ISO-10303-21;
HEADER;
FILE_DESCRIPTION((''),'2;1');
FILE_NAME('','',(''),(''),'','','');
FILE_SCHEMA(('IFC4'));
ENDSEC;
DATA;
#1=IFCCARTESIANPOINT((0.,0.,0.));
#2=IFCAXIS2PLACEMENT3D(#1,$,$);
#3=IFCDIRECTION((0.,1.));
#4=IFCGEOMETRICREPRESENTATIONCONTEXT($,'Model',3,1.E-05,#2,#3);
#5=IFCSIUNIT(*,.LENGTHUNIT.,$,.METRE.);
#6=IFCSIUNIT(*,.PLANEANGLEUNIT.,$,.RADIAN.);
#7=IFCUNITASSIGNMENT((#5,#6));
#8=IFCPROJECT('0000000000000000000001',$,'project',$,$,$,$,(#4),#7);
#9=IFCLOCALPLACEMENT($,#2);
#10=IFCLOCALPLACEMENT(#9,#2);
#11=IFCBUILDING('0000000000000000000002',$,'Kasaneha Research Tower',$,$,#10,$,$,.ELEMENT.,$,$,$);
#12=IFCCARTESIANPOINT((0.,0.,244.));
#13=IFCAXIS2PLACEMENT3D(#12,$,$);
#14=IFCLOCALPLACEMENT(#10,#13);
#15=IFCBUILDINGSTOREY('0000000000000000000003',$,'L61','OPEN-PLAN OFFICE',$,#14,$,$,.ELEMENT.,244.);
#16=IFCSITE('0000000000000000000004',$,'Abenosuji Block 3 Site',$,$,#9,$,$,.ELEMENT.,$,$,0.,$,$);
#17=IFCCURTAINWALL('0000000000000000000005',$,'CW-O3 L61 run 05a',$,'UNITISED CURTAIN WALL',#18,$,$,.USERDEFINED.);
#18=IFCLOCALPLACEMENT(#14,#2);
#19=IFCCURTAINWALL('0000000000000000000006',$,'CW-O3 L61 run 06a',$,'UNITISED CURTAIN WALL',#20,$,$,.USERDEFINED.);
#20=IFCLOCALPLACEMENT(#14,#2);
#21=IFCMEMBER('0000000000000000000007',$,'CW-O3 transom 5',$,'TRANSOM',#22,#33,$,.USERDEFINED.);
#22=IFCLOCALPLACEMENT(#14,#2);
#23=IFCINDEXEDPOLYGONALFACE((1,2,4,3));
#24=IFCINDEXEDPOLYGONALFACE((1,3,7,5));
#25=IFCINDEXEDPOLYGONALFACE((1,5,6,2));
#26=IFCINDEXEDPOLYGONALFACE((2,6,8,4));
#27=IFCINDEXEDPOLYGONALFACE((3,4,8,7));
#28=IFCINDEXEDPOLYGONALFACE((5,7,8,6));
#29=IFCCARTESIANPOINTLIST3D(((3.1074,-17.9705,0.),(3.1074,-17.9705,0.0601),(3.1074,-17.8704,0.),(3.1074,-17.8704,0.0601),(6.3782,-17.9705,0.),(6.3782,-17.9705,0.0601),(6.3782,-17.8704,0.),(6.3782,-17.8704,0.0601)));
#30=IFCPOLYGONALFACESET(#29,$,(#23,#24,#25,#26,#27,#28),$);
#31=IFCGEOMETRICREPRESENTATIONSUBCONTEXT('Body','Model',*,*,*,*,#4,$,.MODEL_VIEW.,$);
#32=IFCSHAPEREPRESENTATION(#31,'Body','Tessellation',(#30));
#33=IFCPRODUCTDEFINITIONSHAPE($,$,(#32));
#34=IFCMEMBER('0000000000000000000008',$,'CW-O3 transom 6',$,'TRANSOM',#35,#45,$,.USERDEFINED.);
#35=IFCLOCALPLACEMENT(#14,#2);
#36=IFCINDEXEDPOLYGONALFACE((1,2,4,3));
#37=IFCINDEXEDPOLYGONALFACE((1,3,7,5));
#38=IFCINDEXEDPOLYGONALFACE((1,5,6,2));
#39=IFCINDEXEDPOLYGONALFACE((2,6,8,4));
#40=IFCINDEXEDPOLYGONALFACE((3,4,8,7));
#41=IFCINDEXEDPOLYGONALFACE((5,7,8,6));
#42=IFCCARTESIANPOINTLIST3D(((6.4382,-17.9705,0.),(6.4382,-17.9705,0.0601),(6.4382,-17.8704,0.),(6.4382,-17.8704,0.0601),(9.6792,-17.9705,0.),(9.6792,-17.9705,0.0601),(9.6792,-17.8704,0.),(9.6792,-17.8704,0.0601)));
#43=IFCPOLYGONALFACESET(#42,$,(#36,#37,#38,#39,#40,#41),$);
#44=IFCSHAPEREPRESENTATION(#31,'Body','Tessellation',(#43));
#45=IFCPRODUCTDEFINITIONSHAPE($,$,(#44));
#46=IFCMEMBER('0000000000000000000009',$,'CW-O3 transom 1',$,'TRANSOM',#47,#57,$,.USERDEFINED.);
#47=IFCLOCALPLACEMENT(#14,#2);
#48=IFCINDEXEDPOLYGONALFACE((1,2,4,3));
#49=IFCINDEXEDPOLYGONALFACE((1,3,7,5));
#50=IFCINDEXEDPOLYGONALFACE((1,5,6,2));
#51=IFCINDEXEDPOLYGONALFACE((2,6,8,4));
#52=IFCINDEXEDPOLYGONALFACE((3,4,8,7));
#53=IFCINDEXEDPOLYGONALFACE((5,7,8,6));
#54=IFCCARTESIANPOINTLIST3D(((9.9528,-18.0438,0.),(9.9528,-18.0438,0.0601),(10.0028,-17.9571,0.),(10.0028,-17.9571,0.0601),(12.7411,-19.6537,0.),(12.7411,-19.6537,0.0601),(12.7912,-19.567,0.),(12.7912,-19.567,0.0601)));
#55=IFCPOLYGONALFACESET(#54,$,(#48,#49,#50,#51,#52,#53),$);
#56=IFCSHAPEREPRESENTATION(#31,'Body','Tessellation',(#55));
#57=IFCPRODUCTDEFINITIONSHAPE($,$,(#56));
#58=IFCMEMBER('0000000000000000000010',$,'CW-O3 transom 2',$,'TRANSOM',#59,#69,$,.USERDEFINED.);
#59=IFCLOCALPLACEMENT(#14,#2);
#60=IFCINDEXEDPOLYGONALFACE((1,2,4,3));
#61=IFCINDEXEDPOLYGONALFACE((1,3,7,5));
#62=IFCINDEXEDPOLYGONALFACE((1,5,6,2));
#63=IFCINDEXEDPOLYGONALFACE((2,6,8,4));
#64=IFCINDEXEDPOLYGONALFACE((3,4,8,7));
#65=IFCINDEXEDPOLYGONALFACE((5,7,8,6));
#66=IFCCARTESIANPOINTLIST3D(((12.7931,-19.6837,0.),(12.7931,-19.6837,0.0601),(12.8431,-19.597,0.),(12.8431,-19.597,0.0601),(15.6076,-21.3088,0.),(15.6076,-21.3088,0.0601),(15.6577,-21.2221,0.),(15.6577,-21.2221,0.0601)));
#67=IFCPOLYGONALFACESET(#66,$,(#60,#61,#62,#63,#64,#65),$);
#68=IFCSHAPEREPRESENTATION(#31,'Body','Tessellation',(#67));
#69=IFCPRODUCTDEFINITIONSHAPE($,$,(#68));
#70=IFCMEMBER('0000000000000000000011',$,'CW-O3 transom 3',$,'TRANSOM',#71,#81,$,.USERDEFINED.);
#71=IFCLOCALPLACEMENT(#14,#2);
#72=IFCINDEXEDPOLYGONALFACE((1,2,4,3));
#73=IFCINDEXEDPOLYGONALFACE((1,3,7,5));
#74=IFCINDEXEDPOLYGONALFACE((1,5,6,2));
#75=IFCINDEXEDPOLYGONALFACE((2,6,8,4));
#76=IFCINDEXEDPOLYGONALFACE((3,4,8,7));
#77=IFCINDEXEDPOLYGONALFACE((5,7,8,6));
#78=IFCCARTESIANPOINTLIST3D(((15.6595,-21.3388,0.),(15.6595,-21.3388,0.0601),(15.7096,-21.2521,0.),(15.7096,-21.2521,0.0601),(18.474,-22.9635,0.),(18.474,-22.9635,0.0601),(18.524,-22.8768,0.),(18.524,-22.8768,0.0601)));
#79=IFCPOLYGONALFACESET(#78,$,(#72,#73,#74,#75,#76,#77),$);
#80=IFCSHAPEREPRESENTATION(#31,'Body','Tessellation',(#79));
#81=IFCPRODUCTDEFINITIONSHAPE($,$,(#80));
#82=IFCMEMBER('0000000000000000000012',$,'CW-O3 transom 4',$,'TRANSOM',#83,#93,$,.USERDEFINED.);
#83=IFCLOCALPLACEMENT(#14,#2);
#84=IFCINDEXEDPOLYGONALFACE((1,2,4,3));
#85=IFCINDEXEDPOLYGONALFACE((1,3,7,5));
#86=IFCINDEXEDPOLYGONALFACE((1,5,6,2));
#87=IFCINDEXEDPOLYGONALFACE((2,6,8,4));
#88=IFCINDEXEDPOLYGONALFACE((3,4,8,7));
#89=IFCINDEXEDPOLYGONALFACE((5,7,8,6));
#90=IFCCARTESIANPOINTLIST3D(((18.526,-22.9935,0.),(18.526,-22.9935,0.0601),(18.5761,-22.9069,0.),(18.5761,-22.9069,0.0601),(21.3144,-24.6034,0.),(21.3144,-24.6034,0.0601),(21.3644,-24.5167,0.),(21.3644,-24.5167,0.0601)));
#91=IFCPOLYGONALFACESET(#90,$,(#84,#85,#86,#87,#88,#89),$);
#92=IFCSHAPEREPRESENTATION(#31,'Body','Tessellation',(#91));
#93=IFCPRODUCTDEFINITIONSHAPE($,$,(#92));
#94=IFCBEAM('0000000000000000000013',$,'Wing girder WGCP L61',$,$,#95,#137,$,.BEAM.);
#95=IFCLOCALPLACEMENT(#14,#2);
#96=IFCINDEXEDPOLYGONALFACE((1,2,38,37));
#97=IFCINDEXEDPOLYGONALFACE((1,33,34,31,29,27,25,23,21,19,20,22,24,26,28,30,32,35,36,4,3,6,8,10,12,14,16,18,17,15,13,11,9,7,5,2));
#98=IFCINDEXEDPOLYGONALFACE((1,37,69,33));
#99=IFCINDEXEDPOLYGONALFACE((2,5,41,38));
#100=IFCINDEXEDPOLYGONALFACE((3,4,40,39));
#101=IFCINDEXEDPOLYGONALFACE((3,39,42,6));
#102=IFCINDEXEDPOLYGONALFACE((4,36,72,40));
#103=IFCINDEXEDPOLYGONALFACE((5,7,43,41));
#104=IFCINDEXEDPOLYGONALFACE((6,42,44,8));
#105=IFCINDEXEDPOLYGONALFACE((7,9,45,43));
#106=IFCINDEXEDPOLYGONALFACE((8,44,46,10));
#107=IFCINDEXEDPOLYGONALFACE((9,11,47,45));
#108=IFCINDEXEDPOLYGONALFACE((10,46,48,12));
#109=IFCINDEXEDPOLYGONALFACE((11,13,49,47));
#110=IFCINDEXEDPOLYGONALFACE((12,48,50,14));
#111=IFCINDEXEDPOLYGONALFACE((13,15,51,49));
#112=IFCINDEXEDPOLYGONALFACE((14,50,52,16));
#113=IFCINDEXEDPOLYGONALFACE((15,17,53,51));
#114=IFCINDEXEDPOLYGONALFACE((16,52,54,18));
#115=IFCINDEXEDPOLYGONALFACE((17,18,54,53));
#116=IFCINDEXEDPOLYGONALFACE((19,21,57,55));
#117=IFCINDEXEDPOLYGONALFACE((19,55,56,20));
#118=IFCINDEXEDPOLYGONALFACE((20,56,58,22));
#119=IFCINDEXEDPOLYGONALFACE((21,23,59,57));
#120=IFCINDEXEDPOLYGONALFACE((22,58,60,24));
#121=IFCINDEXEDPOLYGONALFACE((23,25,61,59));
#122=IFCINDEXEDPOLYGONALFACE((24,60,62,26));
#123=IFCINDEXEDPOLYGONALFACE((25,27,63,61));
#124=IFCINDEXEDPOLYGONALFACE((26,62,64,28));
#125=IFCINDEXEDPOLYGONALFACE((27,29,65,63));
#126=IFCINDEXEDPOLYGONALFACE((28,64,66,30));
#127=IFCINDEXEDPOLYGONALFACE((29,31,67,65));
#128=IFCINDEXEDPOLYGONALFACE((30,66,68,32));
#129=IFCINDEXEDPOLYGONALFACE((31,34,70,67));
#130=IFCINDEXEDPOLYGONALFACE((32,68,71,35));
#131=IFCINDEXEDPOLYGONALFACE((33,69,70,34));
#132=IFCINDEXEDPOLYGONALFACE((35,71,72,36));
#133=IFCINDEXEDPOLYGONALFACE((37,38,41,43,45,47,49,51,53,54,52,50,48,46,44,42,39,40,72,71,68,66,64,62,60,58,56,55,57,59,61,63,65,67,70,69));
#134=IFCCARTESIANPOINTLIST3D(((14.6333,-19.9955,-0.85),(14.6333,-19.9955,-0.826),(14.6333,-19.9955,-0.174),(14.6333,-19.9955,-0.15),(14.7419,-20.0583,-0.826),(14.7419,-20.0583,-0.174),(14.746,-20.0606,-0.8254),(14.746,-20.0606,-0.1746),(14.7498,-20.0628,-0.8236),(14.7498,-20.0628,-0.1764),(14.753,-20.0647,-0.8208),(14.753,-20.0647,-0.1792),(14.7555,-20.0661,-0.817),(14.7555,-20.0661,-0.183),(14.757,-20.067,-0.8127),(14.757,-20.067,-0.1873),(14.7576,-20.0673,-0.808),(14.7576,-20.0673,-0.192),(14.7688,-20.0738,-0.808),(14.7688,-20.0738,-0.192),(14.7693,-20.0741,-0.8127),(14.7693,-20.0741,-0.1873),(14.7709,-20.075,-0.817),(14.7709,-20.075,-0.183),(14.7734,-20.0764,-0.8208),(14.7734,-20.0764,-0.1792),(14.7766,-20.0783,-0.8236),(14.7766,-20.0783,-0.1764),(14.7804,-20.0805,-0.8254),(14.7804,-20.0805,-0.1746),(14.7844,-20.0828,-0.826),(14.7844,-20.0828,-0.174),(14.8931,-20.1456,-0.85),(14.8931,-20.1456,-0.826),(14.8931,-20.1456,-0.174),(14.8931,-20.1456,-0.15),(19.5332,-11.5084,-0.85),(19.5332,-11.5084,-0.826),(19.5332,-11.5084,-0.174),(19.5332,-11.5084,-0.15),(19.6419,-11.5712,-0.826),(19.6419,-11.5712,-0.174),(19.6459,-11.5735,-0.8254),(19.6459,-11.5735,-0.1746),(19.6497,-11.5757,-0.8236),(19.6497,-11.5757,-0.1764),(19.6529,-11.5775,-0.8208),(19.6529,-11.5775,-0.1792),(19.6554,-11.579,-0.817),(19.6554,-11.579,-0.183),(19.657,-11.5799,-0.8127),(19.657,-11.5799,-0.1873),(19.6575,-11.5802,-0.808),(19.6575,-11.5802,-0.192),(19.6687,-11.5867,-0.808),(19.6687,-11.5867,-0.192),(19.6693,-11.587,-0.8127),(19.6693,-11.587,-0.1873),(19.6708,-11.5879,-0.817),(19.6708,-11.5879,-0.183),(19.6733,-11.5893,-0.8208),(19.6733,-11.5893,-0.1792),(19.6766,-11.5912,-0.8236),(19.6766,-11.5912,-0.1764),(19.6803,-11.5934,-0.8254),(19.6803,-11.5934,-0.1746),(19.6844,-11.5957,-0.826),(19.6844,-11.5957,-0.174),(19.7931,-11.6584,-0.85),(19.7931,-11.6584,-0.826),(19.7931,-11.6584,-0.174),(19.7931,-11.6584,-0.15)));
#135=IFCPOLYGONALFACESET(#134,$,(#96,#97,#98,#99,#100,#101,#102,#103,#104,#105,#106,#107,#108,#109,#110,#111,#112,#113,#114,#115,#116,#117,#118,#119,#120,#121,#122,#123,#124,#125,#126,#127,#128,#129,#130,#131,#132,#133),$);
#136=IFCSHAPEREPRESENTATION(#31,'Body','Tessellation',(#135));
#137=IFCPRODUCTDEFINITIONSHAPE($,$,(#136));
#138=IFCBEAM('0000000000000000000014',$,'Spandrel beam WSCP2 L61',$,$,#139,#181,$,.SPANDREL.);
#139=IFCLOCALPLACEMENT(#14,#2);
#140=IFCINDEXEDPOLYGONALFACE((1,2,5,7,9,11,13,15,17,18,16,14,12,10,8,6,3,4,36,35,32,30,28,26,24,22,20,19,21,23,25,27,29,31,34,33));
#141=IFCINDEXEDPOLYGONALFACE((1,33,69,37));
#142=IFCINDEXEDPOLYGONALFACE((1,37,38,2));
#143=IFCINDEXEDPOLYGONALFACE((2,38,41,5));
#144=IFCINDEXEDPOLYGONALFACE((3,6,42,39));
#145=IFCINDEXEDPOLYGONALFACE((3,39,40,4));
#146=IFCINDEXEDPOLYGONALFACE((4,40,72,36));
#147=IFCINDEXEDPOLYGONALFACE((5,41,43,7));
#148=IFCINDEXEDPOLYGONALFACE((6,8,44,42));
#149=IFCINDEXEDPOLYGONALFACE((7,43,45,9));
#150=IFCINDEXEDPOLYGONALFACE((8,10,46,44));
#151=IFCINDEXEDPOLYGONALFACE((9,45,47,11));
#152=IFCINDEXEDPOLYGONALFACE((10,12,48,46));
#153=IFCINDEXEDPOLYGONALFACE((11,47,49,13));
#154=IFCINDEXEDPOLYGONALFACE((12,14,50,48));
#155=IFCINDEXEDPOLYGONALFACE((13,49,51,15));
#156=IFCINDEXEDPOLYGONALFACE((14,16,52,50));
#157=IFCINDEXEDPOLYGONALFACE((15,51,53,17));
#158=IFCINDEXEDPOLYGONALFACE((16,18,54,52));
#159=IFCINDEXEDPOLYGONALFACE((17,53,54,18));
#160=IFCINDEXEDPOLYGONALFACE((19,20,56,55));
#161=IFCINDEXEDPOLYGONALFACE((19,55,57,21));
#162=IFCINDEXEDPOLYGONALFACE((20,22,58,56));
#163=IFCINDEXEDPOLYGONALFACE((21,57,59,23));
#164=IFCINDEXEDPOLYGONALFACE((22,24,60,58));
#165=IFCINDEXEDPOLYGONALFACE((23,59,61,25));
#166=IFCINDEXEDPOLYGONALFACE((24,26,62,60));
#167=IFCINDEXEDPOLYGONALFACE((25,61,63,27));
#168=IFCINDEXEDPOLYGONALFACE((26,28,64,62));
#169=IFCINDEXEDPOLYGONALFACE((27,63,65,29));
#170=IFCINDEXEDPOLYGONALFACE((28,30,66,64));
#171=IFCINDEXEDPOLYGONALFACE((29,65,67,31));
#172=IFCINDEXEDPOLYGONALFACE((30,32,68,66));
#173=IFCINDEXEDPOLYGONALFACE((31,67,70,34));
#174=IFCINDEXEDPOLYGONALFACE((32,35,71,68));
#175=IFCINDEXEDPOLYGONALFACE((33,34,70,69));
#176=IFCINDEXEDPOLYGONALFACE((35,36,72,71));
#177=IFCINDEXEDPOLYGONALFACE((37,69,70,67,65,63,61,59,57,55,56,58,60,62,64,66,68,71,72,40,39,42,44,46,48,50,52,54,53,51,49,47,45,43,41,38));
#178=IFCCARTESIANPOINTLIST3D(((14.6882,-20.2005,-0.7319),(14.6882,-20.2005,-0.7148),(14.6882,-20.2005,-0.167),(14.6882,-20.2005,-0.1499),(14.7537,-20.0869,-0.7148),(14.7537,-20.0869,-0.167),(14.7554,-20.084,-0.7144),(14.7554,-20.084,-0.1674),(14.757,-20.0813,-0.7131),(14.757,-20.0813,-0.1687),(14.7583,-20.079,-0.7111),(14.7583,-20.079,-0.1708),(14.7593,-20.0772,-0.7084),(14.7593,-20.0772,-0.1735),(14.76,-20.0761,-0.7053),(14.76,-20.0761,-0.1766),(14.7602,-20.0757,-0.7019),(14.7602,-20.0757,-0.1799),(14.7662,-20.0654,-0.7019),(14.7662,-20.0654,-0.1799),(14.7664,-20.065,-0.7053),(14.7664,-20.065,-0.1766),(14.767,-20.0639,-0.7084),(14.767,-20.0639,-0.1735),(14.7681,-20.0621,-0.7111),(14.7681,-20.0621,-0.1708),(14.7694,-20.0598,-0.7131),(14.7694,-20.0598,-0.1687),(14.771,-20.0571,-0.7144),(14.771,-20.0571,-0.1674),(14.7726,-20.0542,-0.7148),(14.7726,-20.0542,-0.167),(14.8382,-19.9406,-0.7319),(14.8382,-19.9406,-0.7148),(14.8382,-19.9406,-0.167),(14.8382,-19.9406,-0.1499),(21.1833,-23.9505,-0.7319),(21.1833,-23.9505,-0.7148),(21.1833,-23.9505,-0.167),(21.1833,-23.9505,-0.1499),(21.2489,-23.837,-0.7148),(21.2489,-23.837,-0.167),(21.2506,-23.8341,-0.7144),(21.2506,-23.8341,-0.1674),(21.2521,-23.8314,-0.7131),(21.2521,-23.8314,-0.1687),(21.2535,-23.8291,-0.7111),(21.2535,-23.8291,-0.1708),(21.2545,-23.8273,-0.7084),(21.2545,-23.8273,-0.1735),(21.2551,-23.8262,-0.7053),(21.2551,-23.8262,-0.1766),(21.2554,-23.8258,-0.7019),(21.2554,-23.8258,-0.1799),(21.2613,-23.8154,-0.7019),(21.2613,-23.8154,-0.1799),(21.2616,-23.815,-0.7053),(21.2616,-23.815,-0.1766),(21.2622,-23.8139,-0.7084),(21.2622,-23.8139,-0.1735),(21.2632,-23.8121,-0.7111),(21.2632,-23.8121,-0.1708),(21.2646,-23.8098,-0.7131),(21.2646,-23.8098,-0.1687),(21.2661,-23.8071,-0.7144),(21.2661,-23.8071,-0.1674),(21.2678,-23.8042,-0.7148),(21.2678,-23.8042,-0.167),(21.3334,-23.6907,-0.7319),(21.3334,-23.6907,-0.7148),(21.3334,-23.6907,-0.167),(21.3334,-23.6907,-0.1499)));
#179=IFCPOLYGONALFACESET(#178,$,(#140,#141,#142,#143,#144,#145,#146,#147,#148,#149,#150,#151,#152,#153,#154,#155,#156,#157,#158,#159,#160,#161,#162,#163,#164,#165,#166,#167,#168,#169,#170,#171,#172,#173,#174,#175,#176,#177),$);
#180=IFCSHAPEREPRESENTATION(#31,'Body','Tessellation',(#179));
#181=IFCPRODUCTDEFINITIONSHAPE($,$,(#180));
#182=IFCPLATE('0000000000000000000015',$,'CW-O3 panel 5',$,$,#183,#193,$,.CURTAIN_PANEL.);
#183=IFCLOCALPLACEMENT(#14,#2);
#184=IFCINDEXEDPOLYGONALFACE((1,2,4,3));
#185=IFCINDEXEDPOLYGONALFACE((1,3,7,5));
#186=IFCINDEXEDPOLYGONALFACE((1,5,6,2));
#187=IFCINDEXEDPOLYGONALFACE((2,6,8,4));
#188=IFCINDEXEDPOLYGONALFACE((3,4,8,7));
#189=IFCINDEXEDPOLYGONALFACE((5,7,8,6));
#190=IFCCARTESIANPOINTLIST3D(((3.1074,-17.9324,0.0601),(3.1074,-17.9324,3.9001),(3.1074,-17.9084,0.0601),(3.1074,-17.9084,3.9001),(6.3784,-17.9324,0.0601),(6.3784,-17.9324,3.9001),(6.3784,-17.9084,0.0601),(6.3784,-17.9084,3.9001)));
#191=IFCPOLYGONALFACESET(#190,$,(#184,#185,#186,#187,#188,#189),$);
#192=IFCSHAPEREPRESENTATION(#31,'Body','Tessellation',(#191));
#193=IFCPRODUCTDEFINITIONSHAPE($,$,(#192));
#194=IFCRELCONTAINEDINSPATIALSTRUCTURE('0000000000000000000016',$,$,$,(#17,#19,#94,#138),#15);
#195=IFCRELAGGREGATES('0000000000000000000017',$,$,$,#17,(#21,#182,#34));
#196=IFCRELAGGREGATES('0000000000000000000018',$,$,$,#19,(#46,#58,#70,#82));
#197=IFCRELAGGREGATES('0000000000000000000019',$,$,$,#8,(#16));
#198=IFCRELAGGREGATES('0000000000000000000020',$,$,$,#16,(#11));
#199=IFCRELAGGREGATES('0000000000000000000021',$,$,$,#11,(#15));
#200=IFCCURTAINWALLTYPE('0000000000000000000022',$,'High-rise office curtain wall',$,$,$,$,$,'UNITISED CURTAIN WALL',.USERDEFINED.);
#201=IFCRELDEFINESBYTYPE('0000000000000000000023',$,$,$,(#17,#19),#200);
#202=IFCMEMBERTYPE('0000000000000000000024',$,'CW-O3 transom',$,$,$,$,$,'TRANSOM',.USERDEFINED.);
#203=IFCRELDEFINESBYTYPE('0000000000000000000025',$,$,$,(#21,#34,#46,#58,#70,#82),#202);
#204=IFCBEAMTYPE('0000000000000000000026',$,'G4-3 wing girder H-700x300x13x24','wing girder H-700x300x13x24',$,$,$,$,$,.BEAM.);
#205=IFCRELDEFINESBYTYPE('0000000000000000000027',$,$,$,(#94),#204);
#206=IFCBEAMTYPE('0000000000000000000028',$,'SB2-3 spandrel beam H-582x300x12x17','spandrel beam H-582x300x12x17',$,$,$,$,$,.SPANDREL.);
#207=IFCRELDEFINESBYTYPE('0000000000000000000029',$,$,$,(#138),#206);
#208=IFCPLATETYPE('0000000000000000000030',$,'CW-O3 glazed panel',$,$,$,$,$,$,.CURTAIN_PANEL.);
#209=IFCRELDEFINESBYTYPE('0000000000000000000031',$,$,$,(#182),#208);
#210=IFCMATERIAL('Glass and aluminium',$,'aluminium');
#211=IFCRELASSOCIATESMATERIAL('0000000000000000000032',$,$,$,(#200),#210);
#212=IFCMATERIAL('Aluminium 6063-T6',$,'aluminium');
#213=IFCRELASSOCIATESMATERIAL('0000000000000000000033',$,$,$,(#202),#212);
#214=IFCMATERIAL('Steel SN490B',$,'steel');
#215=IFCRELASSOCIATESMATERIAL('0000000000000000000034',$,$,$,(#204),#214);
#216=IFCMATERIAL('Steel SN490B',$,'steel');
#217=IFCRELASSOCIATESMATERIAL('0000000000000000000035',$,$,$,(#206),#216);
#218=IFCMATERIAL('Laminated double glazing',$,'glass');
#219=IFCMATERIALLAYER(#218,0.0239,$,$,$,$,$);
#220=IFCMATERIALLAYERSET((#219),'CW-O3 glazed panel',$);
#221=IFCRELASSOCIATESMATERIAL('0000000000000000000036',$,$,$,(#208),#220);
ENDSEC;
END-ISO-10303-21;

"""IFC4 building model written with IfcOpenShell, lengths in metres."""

from ifc_helpers import new_model, si_unit, direction, frame, origin, origin_2d, place, context, subcontext, project, spatial, rectangle, i_section, extrude, material, layer, layer_set, material_profile, profile_set, type_object, element, aggregate, save


model = new_model("IFC4")

# Units and contexts
model_context = context("Model", 3, precision=1e-05, world=origin(), true_north=direction((0.0, 1.0)))
body_context = subcontext(model_context, "Body", "Model", "MODEL_VIEW")
ifc_project = project(units=[si_unit("LENGTHUNIT", "METRE"), si_unit("PLANEANGLEUNIT", "RADIAN")], contexts=[model_context])

# Site, building, storey
site_placement = place(None, origin())
site = spatial("IfcSite", under=ifc_project, at=site_placement, Name="Abenosuji Block 3 Site", CompositionType="ELEMENT", RefElevation=0.0)
building_placement = place(site_placement, origin())
building = spatial("IfcBuilding", under=site, at=building_placement, Name="Kasaneha Research Tower", CompositionType="ELEMENT")
storey_placement = place(building_placement, frame((0.0, 0.0, 244.0)))
storey = spatial("IfcBuildingStorey", under=building, at=storey_placement, Name="L61", Description="OPEN-PLAN OFFICE", CompositionType="ELEMENT", Elevation=244.0)

# Curtain walls
ifc_material_1 = material(Name="Glass and aluminium", Category="aluminium")
curtain_wall_type = type_object("IfcCurtainWallType", Name="High-rise office curtain wall", ElementType="UNITISED CURTAIN WALL", PredefinedType="USERDEFINED", material=ifc_material_1)
curtain_wall_1_placement = place(storey_placement, origin())
curtain_wall_1 = element("IfcCurtainWall", 1, at=curtain_wall_1_placement, inside=storey, type_object=curtain_wall_type, Name="CW-O3 L61 run 05a", ObjectType="UNITISED CURTAIN WALL", PredefinedType="USERDEFINED")
curtain_wall_2_placement = place(storey_placement, origin())
curtain_wall_2 = element("IfcCurtainWall", 2, at=curtain_wall_2_placement, inside=storey, type_object=curtain_wall_type, Name="CW-O3 L61 run 06a", ObjectType="UNITISED CURTAIN WALL", PredefinedType="USERDEFINED")

# Members
ifc_material_2 = material(Name="Aluminium 6063-T6", Category="aluminium")
ifc_material_profile_1 = material_profile(ifc_material_2, rectangle(XDim=0.1001, YDim=0.0601, at=origin_2d()), Name="CW-O3 transom 100x60")
ifc_profile_set_1 = profile_set([ifc_material_profile_1], Name="Aluminium 6063-T6")
member_type_1 = type_object("IfcMemberType", Name="CW-O3 transom", ElementType="TRANSOM", PredefinedType="USERDEFINED", material=ifc_profile_set_1)
member_1_placement = place(storey_placement, frame((3.1074, -17.9204, 0.03), z_axis=(1.0, 0.0, 0.0), x_axis=(0.0, 1.0, 0.0)))
member_1 = element("IfcMember", 3, at=member_1_placement, type_object=member_type_1, Name="CW-O3 transom 5", ObjectType="TRANSOM", PredefinedType="USERDEFINED", context=body_context, shape_type="SweptSolid", body=[
    extrude(rectangle(XDim=0.1001, YDim=0.0601, at=origin_2d()), origin(), (0.0, 0.0, 1.0), 3.2708),
])
member_2_placement = place(storey_placement, frame((6.4382, -17.9204, 0.03), z_axis=(1.0, 0.0, 0.0), x_axis=(0.0, 1.0, 0.0)))
member_2 = element("IfcMember", 4, at=member_2_placement, type_object=member_type_1, Name="CW-O3 transom 6", ObjectType="TRANSOM", PredefinedType="USERDEFINED", context=body_context, shape_type="SweptSolid", body=[
    extrude(rectangle(XDim=0.1001, YDim=0.0601, at=origin_2d()), origin(), (0.0, 0.0, 1.0), 3.241),
])
member_3_placement = place(storey_placement, frame((9.9778, -18.0005, 0.03), z_axis=(0.866023, -0.500005, 0.0), x_axis=(0.500005, 0.866023, 0.0)))
member_3 = element("IfcMember", 5, at=member_3_placement, type_object=member_type_1, Name="CW-O3 transom 1", ObjectType="TRANSOM", PredefinedType="USERDEFINED", context=body_context, shape_type="SweptSolid", body=[
    extrude(rectangle(XDim=0.1001, YDim=0.0601, at=origin_2d()), origin(), (0.0, 0.0, 1.0), 3.2197),
])
member_4_placement = place(storey_placement, frame((12.8181, -19.6404, 0.03), z_axis=(0.866015, -0.500017, 0.0), x_axis=(0.500017, 0.866015, 0.0)))
member_4 = element("IfcMember", 6, at=member_4_placement, type_object=member_type_1, Name="CW-O3 transom 2", ObjectType="TRANSOM", PredefinedType="USERDEFINED", context=body_context, shape_type="SweptSolid", body=[
    extrude(rectangle(XDim=0.1001, YDim=0.0601, at=origin_2d()), origin(), (0.0, 0.0, 1.0), 3.25),
])
member_5_placement = place(storey_placement, frame((15.6846, -21.2954, 0.03), z_axis=(0.866048, -0.499961, 0.0), x_axis=(0.499961, 0.866048, 0.0)))
member_5 = element("IfcMember", 7, at=member_5_placement, type_object=member_type_1, Name="CW-O3 transom 3", ObjectType="TRANSOM", PredefinedType="USERDEFINED", context=body_context, shape_type="SweptSolid", body=[
    extrude(rectangle(XDim=0.1001, YDim=0.0601, at=origin_2d()), origin(), (0.0, 0.0, 1.0), 3.2498),
])
member_6_placement = place(storey_placement, frame((18.551, -22.9502, 0.03), z_axis=(0.866023, -0.500005, 0.0), x_axis=(0.500005, 0.866023, 0.0)))
member_6 = element("IfcMember", 8, at=member_6_placement, type_object=member_type_1, Name="CW-O3 transom 4", ObjectType="TRANSOM", PredefinedType="USERDEFINED", context=body_context, shape_type="SweptSolid", body=[
    extrude(rectangle(XDim=0.1001, YDim=0.0601, at=origin_2d()), origin(), (0.0, 0.0, 1.0), 3.2197),
])

# Beams
ifc_material_3 = material(Name="Steel SN490B", Category="steel")
ifc_material_profile_2 = material_profile(ifc_material_3, i_section(OverallWidth=0.3, OverallDepth=0.7, WebThickness=0.0129, FlangeThickness=0.0239, FilletRadius=0.0181, at=origin_2d()), Name="H-700x300x13x24")
ifc_profile_set_2 = profile_set([ifc_material_profile_2], Name="Steel SN490B")
beam_type_1 = type_object("IfcBeamType", Name="G4-3 wing girder H-700x300x13x24", Description="wing girder H-700x300x13x24", PredefinedType="BEAM", material=ifc_profile_set_2)
beam_1_placement = place(storey_placement, frame((14.7632, -20.0706, -0.5), z_axis=(0.499992, 0.86603, 0.0), x_axis=(-0.86603, 0.499992, 0.0)))
element("IfcBeam", 9, at=beam_1_placement, inside=storey, type_object=beam_type_1, Name="Wing girder WGCP L61", PredefinedType="BEAM", context=body_context, shape_type="SweptSolid", body=[
    extrude(i_section(OverallWidth=0.3, OverallDepth=0.7, WebThickness=0.0129, FlangeThickness=0.0239, FilletRadius=0.0181, at=origin_2d()), origin(), (0.0, 0.0, 1.0), 9.8),
])
ifc_material_4 = material(Name="Steel SN490B", Category="steel")
ifc_material_profile_3 = material_profile(ifc_material_4, i_section(OverallWidth=0.3, OverallDepth=0.582, WebThickness=0.012, FlangeThickness=0.0171, FilletRadius=0.0129, at=origin_2d()), Name="H-582x300x12x17")
ifc_profile_set_3 = profile_set([ifc_material_profile_3], Name="Steel SN490B")
beam_type_2 = type_object("IfcBeamType", Name="SB2-3 spandrel beam H-582x300x12x17", Description="spandrel beam H-582x300x12x17", PredefinedType="SPANDREL", material=ifc_profile_set_3)
beam_2_placement = place(storey_placement, frame((14.7632, -20.0706, -0.4409), z_axis=(0.866023, -0.500004, 0.0), x_axis=(0.500004, 0.866023, 0.0)))
element("IfcBeam", 10, at=beam_2_placement, inside=storey, type_object=beam_type_2, Name="Spandrel beam WSCP2 L61", PredefinedType="SPANDREL", context=body_context, shape_type="SweptSolid", body=[
    extrude(i_section(OverallWidth=0.3, OverallDepth=0.582, WebThickness=0.012, FlangeThickness=0.0171, FilletRadius=0.0129, at=origin_2d()), origin(), (0.0, 0.0, 1.0), 7.5),
])

# Plate
ifc_material_5 = material(Name="Laminated double glazing", Category="glass")
ifc_layer_1 = layer(ifc_material_5, 0.0239)
ifc_layer_set_1 = layer_set([ifc_layer_1], Name="CW-O3 glazed panel")
plate_type = type_object("IfcPlateType", Name="CW-O3 glazed panel", PredefinedType="CURTAIN_PANEL", material=ifc_layer_set_1)
plate_1_placement = place(storey_placement, frame((4.7429, -17.9204, 0.0601), z_axis=(0.0, 0.0, 1.0), x_axis=(1.0, 0.0, 0.0)))
plate_1 = element("IfcPlate", 11, at=plate_1_placement, type_object=plate_type, Name="CW-O3 panel 5", PredefinedType="CURTAIN_PANEL", context=body_context, shape_type="SweptSolid", body=[
    extrude(rectangle(XDim=3.271, YDim=0.0239, at=origin_2d()), origin(), (0.0, 0.0, 1.0), 3.8401),
])
aggregate(curtain_wall_1, [member_1, plate_1, member_2])
aggregate(curtain_wall_2, [member_3, member_4, member_5, member_6])

save(model, "model.ifc")
